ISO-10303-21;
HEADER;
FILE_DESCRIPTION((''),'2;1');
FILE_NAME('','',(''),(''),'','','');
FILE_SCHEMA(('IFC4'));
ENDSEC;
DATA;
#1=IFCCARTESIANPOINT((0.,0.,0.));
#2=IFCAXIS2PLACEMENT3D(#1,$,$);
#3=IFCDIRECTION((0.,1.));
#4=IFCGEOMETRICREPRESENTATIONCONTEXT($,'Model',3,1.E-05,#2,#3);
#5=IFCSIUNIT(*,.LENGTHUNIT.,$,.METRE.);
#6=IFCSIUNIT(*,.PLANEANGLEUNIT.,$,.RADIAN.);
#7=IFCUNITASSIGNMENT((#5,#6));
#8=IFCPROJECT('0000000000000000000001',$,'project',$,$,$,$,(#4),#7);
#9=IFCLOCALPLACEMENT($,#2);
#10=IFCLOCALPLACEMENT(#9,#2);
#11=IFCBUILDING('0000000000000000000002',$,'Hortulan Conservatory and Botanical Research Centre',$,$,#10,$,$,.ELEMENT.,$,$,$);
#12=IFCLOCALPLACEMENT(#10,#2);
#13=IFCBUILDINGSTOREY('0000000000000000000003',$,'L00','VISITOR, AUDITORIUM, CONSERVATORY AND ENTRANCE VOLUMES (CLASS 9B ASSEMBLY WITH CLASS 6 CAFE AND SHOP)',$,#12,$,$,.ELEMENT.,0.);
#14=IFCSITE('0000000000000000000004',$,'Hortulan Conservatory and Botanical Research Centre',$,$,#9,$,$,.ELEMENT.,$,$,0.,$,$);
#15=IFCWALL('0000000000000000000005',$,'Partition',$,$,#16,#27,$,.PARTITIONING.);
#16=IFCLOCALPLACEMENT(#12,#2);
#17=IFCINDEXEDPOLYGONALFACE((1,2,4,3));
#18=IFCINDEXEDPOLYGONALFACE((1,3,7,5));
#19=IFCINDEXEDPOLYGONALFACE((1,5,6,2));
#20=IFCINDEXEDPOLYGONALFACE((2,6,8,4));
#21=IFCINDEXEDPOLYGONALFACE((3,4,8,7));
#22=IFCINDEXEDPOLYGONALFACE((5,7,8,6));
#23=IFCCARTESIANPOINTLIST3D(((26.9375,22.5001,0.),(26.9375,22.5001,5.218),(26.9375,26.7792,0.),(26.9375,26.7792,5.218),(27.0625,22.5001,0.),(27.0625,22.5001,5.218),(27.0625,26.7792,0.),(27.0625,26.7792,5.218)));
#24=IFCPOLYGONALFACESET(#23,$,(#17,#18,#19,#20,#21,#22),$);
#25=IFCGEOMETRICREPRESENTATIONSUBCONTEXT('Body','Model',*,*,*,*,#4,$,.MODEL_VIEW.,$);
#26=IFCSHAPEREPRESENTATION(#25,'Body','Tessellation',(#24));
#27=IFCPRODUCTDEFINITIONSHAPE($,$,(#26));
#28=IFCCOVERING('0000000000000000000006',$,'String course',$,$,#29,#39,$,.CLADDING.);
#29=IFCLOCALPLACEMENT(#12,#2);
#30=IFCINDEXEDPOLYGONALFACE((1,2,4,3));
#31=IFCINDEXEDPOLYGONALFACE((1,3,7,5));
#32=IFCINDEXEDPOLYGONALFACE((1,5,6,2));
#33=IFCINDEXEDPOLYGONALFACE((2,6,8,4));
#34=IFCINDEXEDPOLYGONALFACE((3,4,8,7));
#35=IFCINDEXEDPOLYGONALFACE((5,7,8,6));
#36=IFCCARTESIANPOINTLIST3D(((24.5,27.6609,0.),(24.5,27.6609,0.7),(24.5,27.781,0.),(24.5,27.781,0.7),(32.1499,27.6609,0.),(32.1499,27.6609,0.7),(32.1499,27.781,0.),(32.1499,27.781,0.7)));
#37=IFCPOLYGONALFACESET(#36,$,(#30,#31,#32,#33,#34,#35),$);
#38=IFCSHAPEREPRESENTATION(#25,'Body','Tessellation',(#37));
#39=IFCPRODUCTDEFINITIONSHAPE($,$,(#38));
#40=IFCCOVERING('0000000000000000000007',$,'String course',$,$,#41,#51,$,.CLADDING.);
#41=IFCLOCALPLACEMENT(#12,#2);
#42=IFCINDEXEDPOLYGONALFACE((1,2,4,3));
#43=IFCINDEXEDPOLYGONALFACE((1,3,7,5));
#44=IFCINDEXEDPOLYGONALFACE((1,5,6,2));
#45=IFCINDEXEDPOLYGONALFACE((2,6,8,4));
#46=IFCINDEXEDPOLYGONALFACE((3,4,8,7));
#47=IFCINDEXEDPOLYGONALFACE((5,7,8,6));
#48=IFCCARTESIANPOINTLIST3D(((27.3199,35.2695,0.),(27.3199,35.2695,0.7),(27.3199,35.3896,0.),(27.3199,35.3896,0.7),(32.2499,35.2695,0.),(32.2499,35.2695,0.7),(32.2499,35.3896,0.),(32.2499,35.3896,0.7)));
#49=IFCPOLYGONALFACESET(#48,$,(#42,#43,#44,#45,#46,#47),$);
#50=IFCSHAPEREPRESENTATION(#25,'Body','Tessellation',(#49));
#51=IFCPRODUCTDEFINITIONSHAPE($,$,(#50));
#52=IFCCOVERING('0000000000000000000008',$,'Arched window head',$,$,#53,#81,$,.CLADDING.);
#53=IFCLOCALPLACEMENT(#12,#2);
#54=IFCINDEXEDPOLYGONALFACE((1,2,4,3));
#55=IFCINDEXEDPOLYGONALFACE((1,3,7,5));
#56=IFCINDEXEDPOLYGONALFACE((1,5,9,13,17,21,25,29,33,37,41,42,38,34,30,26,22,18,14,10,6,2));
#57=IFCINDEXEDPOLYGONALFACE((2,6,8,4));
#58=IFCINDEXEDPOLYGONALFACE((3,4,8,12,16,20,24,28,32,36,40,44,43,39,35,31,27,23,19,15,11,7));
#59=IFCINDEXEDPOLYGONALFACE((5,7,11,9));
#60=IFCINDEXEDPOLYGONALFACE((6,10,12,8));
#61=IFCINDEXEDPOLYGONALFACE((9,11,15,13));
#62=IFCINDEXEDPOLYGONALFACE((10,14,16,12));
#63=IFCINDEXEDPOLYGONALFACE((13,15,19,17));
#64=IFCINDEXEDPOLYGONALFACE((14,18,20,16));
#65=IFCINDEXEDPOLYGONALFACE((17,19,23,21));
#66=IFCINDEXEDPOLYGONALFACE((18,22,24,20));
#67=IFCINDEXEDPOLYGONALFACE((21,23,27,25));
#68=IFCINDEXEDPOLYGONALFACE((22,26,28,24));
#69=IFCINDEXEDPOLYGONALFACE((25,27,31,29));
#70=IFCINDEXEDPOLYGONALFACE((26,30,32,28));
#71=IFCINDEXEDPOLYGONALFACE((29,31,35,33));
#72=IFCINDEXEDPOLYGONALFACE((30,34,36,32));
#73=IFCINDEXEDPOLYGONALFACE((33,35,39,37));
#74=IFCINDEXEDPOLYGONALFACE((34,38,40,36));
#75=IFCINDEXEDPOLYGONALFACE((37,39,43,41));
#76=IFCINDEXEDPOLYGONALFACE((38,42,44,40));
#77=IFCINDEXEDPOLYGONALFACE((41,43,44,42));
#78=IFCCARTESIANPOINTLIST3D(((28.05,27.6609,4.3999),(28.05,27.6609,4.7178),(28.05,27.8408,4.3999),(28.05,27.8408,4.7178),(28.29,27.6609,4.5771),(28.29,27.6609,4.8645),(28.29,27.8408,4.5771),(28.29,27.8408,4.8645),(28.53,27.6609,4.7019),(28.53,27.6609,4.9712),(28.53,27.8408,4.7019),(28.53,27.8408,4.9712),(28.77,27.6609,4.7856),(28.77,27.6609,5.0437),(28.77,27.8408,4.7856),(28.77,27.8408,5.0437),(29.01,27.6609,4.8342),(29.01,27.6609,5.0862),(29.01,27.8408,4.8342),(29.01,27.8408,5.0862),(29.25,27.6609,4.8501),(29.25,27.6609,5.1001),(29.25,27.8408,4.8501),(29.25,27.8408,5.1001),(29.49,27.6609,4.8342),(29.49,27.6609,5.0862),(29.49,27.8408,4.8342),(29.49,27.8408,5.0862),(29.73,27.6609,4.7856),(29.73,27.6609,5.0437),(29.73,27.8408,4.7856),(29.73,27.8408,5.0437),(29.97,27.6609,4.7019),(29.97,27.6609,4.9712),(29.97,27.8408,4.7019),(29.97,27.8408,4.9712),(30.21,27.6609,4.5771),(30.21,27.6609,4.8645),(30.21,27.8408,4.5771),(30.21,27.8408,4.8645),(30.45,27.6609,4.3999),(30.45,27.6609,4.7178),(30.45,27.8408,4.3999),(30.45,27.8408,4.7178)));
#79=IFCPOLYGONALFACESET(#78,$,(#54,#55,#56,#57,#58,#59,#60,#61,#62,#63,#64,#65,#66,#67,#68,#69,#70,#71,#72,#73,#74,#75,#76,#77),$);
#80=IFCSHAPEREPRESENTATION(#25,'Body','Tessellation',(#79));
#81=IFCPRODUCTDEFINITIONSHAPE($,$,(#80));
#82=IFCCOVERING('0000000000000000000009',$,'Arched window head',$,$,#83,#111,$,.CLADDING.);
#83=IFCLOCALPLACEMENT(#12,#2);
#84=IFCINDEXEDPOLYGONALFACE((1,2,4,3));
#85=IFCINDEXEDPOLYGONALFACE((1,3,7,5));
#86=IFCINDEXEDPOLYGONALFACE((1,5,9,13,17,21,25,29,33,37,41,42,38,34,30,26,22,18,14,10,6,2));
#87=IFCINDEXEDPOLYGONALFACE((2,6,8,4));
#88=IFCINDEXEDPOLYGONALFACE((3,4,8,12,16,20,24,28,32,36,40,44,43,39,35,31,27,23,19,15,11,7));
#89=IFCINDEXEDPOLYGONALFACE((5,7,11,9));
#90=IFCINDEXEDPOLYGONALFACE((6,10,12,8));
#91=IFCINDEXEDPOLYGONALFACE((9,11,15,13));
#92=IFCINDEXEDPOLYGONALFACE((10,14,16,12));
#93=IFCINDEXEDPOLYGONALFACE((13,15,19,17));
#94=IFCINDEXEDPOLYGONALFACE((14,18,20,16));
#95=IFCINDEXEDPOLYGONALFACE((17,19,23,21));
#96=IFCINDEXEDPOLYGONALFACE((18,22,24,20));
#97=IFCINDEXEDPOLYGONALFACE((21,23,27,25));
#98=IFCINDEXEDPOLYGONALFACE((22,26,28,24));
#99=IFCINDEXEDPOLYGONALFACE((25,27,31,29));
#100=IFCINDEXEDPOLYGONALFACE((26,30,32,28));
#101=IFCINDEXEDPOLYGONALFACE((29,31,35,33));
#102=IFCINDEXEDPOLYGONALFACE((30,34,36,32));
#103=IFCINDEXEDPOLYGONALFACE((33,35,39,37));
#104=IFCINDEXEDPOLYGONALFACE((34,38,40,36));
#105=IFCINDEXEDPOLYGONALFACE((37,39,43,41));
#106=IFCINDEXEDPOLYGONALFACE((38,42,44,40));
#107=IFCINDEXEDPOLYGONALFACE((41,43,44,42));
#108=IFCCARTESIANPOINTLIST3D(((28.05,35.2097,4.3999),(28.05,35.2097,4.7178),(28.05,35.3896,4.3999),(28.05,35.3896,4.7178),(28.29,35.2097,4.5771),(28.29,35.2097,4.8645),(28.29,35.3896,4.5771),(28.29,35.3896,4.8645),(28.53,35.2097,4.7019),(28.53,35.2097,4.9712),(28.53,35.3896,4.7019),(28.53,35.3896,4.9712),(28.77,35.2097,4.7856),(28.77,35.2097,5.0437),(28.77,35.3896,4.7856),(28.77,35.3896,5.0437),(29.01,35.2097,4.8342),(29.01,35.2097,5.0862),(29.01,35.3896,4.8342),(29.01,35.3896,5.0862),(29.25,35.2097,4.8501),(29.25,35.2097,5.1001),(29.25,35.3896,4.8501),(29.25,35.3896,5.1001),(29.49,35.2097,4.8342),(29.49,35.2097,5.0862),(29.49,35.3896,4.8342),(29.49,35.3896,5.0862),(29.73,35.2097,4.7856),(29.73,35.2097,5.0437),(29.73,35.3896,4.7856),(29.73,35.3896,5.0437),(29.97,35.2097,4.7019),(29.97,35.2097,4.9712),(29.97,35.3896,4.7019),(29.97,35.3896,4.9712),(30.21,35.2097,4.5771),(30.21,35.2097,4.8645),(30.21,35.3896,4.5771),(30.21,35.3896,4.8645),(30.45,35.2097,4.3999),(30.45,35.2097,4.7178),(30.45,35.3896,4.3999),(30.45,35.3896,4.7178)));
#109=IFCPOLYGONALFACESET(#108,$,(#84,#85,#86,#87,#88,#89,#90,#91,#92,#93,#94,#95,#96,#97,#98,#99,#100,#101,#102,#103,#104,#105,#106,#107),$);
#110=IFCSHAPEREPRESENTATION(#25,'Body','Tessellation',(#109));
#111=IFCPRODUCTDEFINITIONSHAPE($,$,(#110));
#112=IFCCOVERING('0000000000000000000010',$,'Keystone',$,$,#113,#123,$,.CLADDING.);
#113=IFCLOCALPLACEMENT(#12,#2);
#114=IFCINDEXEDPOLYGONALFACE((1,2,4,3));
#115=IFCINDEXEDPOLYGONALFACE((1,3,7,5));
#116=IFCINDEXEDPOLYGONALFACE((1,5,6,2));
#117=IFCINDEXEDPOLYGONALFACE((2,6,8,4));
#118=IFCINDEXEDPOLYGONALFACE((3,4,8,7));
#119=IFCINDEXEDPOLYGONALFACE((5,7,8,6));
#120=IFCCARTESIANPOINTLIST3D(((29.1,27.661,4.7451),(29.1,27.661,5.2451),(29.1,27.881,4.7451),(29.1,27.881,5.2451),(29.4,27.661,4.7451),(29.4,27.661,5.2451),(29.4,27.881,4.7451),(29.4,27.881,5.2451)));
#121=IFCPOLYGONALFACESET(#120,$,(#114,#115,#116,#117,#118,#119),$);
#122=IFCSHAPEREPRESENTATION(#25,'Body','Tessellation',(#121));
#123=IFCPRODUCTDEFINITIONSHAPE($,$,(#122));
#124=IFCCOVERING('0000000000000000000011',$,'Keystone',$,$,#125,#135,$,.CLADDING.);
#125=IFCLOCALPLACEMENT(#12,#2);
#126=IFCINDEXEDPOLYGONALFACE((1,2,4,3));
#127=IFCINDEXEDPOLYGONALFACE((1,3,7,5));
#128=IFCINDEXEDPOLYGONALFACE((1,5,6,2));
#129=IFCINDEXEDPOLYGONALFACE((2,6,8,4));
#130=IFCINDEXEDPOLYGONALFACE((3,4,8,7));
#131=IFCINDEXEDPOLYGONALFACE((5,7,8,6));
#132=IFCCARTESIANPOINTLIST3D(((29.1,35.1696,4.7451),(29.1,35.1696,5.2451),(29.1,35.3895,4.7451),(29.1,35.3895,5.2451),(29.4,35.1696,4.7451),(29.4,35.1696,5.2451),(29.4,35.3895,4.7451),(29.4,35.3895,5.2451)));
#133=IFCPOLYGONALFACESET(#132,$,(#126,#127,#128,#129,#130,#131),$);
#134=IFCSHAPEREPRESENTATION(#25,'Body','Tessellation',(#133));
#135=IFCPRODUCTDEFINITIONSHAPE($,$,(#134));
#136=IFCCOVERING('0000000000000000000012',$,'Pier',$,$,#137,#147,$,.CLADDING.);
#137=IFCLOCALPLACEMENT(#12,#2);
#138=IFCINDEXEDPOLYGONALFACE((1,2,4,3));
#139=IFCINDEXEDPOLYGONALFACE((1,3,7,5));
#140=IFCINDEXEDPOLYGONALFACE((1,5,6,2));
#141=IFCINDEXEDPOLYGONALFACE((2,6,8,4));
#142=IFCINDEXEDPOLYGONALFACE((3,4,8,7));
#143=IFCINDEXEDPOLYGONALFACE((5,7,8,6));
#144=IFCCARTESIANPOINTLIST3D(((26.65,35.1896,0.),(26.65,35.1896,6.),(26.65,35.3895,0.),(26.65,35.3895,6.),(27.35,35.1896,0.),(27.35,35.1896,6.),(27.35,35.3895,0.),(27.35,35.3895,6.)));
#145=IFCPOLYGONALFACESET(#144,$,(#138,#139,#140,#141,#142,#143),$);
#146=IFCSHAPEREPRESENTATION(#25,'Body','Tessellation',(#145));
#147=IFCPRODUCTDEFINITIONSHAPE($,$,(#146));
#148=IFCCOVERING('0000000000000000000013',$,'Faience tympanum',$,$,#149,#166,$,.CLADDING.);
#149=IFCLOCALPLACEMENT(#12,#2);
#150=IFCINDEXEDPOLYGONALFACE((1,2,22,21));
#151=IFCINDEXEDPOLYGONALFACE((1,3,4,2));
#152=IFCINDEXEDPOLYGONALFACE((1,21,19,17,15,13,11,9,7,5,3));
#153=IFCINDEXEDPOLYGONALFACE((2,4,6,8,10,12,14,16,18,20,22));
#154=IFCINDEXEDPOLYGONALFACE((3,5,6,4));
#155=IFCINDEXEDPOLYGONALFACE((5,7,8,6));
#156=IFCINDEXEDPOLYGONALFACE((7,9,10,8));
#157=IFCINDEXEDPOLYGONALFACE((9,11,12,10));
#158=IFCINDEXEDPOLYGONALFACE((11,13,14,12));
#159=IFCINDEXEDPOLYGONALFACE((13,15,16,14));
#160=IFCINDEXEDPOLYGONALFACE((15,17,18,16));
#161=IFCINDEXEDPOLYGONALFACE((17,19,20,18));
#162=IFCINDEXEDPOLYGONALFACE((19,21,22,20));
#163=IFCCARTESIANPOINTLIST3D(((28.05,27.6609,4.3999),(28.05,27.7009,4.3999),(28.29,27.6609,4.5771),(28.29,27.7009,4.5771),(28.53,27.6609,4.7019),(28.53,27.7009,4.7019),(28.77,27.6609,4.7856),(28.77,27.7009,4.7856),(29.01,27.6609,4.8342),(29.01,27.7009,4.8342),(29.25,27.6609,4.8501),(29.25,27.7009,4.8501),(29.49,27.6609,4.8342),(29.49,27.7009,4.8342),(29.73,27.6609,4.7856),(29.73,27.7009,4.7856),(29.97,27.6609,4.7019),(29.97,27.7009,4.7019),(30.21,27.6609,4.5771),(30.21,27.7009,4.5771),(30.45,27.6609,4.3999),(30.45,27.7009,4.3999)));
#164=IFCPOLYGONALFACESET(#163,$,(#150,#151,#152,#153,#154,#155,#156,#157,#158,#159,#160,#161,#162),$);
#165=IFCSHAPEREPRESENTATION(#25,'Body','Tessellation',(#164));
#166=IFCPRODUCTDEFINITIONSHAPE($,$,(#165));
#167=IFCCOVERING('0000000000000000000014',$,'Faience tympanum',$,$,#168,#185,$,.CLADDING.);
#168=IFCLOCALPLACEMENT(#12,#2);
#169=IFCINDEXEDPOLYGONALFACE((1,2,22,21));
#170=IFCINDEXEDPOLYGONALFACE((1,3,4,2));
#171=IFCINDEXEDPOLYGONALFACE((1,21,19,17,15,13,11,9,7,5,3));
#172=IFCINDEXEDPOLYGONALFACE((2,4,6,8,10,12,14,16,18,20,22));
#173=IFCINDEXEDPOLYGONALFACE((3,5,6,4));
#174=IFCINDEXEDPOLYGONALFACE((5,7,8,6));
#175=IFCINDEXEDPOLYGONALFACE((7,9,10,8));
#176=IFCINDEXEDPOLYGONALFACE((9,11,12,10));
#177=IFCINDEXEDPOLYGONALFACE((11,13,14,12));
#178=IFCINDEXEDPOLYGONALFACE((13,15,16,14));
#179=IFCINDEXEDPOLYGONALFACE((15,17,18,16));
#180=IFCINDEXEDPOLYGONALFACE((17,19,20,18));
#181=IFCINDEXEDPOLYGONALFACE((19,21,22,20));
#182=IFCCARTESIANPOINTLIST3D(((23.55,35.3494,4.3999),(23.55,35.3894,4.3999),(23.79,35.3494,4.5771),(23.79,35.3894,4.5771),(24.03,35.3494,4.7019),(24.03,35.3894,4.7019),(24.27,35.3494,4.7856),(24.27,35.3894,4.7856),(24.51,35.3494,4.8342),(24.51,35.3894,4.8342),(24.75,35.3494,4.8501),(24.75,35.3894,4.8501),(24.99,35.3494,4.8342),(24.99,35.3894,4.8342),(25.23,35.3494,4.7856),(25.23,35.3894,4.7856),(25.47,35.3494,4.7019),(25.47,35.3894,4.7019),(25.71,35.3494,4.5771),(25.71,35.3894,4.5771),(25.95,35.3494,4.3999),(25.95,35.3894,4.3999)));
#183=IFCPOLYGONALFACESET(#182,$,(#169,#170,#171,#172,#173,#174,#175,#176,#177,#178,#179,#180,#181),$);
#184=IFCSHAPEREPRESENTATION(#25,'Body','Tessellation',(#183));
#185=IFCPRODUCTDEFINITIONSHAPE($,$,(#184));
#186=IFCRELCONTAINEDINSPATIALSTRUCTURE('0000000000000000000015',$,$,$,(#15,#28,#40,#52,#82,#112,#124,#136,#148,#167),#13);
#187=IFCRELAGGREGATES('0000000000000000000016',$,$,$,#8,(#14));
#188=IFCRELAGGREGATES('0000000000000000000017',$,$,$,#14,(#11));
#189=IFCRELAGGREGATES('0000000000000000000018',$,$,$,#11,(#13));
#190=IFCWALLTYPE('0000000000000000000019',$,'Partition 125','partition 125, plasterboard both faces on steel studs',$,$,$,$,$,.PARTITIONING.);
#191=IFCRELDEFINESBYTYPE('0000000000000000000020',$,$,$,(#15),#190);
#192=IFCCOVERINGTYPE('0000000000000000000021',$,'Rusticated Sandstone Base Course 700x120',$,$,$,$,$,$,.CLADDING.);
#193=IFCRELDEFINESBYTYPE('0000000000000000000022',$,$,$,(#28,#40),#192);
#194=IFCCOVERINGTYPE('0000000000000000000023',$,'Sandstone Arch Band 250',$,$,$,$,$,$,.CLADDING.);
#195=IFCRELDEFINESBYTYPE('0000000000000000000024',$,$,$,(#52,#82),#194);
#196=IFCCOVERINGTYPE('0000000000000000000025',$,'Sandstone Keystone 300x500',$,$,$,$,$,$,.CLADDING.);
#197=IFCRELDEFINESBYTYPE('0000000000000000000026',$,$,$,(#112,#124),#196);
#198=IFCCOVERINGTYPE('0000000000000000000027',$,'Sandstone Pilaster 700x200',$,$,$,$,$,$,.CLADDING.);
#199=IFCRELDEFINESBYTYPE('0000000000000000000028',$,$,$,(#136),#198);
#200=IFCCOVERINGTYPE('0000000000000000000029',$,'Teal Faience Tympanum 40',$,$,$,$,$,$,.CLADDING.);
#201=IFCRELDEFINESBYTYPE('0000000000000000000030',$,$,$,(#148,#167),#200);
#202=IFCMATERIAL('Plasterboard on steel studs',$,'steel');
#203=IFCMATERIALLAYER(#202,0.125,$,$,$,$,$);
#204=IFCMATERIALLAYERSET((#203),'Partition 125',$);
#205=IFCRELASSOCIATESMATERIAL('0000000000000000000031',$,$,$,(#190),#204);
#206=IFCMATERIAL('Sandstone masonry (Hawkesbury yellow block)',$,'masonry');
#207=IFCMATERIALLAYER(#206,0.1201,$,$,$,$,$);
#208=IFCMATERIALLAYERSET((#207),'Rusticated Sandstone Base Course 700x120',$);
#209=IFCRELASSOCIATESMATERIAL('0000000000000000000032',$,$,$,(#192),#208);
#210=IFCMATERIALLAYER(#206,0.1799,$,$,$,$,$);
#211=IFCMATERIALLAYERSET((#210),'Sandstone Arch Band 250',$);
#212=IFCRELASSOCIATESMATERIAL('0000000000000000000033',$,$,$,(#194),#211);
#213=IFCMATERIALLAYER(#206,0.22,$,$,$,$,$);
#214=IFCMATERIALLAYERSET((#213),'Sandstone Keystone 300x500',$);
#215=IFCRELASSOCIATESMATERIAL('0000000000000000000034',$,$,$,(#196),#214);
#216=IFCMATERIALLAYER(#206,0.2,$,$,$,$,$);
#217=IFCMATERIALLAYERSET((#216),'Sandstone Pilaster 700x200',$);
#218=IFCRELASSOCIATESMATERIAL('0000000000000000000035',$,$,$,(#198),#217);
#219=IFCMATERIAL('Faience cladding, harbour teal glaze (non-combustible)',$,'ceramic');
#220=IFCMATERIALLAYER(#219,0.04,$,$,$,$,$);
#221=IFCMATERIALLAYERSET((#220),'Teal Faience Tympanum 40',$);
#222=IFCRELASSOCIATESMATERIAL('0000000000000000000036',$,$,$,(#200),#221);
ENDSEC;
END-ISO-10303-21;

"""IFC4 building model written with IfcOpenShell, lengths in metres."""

from ifc_helpers import new_model, si_unit, direction, frame, frame_2d, origin, origin_2d, place, context, subcontext, project, spatial, polyline, rectangle, outline, extrude, material, layer, layer_set, type_object, element, save


model = new_model("IFC4")

# Units and contexts
model_context = context("Model", 3, precision=1e-05, world=origin(), true_north=direction((0.0, 1.0)))
body_context = subcontext(model_context, "Body", "Model", "MODEL_VIEW")
ifc_project = project(units=[si_unit("LENGTHUNIT", "METRE"), si_unit("PLANEANGLEUNIT", "RADIAN")], contexts=[model_context])

# Site, building, storey
site_placement = place(None, origin())
site = spatial("IfcSite", under=ifc_project, at=site_placement, Name="Hortulan Conservatory and Botanical Research Centre", CompositionType="ELEMENT", RefElevation=0.0)
building_placement = place(site_placement, origin())
building = spatial("IfcBuilding", under=site, at=building_placement, Name="Hortulan Conservatory and Botanical Research Centre", CompositionType="ELEMENT")
storey_placement = place(building_placement, origin())
storey = spatial("IfcBuildingStorey", under=building, at=storey_placement, Name="L00", Description="VISITOR, AUDITORIUM, CONSERVATORY AND ENTRANCE VOLUMES (CLASS 9B ASSEMBLY WITH CLASS 6 CAFE AND SHOP)", CompositionType="ELEMENT", Elevation=0.0)

# Shared definitions
ifc_material_1 = material(Name="Plasterboard on steel studs", Category="steel")

# Wall
ifc_layer_1 = layer(ifc_material_1, 0.125)
ifc_layer_set_1 = layer_set([ifc_layer_1], Name="Partition 125")
wall_type_1 = type_object("IfcWallType", Name="Partition 125", Description="partition 125, plasterboard both faces on steel studs", PredefinedType="PARTITIONING", material=ifc_layer_set_1)
wall_1_placement = place(storey_placement, frame((27.0, 22.5, 0.0), z_axis=(0.0, 0.0, 1.0), x_axis=(0.0, 1.0, 0.0)))
element("IfcWall", 1, at=wall_1_placement, inside=storey, type_object=wall_type_1, Name="Partition", PredefinedType="PARTITIONING", context=body_context, shape_type="SweptSolid", body=[
    extrude(rectangle(XDim=4.2791, YDim=0.125, at=frame_2d((2.1396, 0.0))), origin(), (0.0, 0.0, 1.0), 5.218),
])

# Coverings
ifc_material_2 = material(Name="Sandstone masonry (Hawkesbury yellow block)", Category="masonry")
ifc_layer_2 = layer(ifc_material_2, 0.1201)
ifc_layer_set_2 = layer_set([ifc_layer_2], Name="Rusticated Sandstone Base Course 700x120")
covering_type_1 = type_object("IfcCoveringType", Name="Rusticated Sandstone Base Course 700x120", PredefinedType="CLADDING", material=ifc_layer_set_2)
covering_1_placement = place(storey_placement, frame((28.325, 27.7209, 0.0), z_axis=(0.0, 0.0, 1.0), x_axis=(1.0, 0.0, 0.0)))
element("IfcCovering", 2, at=covering_1_placement, inside=storey, type_object=covering_type_1, Name="String course", PredefinedType="CLADDING", context=body_context, shape_type="SweptSolid", body=[
    extrude(rectangle(XDim=7.6499, YDim=0.1201, at=origin_2d()), origin(), (0.0, 0.0, 1.0), 0.7),
])
covering_2_placement = place(storey_placement, frame((29.7849, 35.3296, 0.0), z_axis=(0.0, 0.0, 1.0), x_axis=(-1.0, 0.0, 0.0)))
element("IfcCovering", 3, at=covering_2_placement, inside=storey, type_object=covering_type_1, Name="String course", PredefinedType="CLADDING", context=body_context, shape_type="SweptSolid", body=[
    extrude(rectangle(XDim=4.9299, YDim=0.1201, at=origin_2d()), origin(), (0.0, 0.0, 1.0), 0.7),
])
ifc_layer_3 = layer(ifc_material_2, 0.1799)
ifc_layer_set_3 = layer_set([ifc_layer_3], Name="Sandstone Arch Band 250")
covering_type_2 = type_object("IfcCoveringType", Name="Sandstone Arch Band 250", PredefinedType="CLADDING", material=ifc_layer_set_3)
for number, where, z_axis, x_axis, name in (
    (4, (28.05, 27.751, 4.3999), (0.0, 0.0, 1.0), (1.0, 0.0, 0.0), "Arched window head"),
    (5, (30.45, 35.2996, 4.3999), (0.0, 0.0, 1.0), (-1.0, 0.0, 0.0), "Arched window head"),
):
    element("IfcCovering", number, at=place(storey_placement, frame(where, z_axis=z_axis, x_axis=x_axis)), inside=storey, type_object=covering_type_2, Name=name, PredefinedType="CLADDING", context=body_context, shape_type="SweptSolid", body=[
        extrude(outline(polyline([(0.0, 0.0), (0.24, 0.1772), (0.48, 0.302), (0.72, 0.3857), (0.96, 0.4343), (1.2, 0.4502), (1.4399, 0.4343), (1.6799, 0.3857), (1.9199, 0.302), (2.1599, 0.1772), (2.3999, 0.0), (2.3999, 0.3179), (2.1599, 0.4646), (1.9199, 0.5713), (1.6799, 0.6438), (1.4399, 0.6863), (1.2, 0.7002), (0.96, 0.6863), (0.72, 0.6438), (0.48, 0.5713), (0.24, 0.4646), (0.0, 0.3179), (0.0, 0.0)])), frame((0.0, 0.0898, 0.0), z_axis=(0.0, -1.0, 0.0), x_axis=(1.0, 0.0, 0.0)), (0.0, 0.0, 1.0), 0.1799),
    ])
ifc_layer_4 = layer(ifc_material_2, 0.22)
ifc_layer_set_4 = layer_set([ifc_layer_4], Name="Sandstone Keystone 300x500")
covering_type_3 = type_object("IfcCoveringType", Name="Sandstone Keystone 300x500", PredefinedType="CLADDING", material=ifc_layer_set_4)
for number, where, z_axis, x_axis, name in (
    (6, (29.25, 27.771, 4.7451), (0.0, 0.0, 1.0), (1.0, 0.0, 0.0), "Keystone"),
    (7, (29.25, 35.2795, 4.7451), (0.0, 0.0, 1.0), (-1.0, 0.0, 0.0), "Keystone"),
):
    element("IfcCovering", number, at=place(storey_placement, frame(where, z_axis=z_axis, x_axis=x_axis)), inside=storey, type_object=covering_type_3, Name=name, PredefinedType="CLADDING", context=body_context, shape_type="SweptSolid", body=[
        extrude(rectangle(XDim=0.3, YDim=0.22, at=origin_2d()), origin(), (0.0, 0.0, 1.0), 0.5),
    ])
ifc_layer_5 = layer(ifc_material_2, 0.2)
ifc_layer_set_5 = layer_set([ifc_layer_5], Name="Sandstone Pilaster 700x200")
covering_type_4 = type_object("IfcCoveringType", Name="Sandstone Pilaster 700x200", PredefinedType="CLADDING", material=ifc_layer_set_5)
covering_3_placement = place(storey_placement, frame((27.0, 35.2896, 0.0), z_axis=(0.0, 0.0, 1.0), x_axis=(-1.0, 0.0, 0.0)))
element("IfcCovering", 8, at=covering_3_placement, inside=storey, type_object=covering_type_4, Name="Pier", PredefinedType="CLADDING", context=body_context, shape_type="SweptSolid", body=[
    extrude(rectangle(XDim=0.7, YDim=0.2, at=origin_2d()), origin(), (0.0, 0.0, 1.0), 6.0),
])
ifc_material_3 = material(Name="Faience cladding, harbour teal glaze (non-combustible)", Category="ceramic")
ifc_layer_6 = layer(ifc_material_3, 0.04)
ifc_layer_set_6 = layer_set([ifc_layer_6], Name="Teal Faience Tympanum 40")
covering_type_5 = type_object("IfcCoveringType", Name="Teal Faience Tympanum 40", PredefinedType="CLADDING", material=ifc_layer_set_6)
for number, where, z_axis, x_axis, name in (
    (9, (28.05, 27.6809, 4.3999), (0.0, 0.0, 1.0), (1.0, 0.0, 0.0), "Faience tympanum"),
    (10, (25.95, 35.3694, 4.3999), (0.0, 0.0, 1.0), (-1.0, 0.0, 0.0), "Faience tympanum"),
):
    element("IfcCovering", number, at=place(storey_placement, frame(where, z_axis=z_axis, x_axis=x_axis)), inside=storey, type_object=covering_type_5, Name=name, PredefinedType="CLADDING", context=body_context, shape_type="SweptSolid", body=[
        extrude(outline(polyline([(0.0, 0.0), (0.24, 0.1772), (0.48, 0.302), (0.72, 0.3857), (0.96, 0.4343), (1.2, 0.4502), (1.4399, 0.4343), (1.6799, 0.3857), (1.9199, 0.302), (2.1599, 0.1772), (2.3999, 0.0), (2.3999, 0.0), (0.0, 0.0), (0.0, 0.0)])), frame((0.0, 0.02, 0.0), z_axis=(0.0, -1.0, 0.0), x_axis=(1.0, 0.0, 0.0)), (0.0, 0.0, 1.0), 0.04),
    ])

save(model, "model.ifc")
